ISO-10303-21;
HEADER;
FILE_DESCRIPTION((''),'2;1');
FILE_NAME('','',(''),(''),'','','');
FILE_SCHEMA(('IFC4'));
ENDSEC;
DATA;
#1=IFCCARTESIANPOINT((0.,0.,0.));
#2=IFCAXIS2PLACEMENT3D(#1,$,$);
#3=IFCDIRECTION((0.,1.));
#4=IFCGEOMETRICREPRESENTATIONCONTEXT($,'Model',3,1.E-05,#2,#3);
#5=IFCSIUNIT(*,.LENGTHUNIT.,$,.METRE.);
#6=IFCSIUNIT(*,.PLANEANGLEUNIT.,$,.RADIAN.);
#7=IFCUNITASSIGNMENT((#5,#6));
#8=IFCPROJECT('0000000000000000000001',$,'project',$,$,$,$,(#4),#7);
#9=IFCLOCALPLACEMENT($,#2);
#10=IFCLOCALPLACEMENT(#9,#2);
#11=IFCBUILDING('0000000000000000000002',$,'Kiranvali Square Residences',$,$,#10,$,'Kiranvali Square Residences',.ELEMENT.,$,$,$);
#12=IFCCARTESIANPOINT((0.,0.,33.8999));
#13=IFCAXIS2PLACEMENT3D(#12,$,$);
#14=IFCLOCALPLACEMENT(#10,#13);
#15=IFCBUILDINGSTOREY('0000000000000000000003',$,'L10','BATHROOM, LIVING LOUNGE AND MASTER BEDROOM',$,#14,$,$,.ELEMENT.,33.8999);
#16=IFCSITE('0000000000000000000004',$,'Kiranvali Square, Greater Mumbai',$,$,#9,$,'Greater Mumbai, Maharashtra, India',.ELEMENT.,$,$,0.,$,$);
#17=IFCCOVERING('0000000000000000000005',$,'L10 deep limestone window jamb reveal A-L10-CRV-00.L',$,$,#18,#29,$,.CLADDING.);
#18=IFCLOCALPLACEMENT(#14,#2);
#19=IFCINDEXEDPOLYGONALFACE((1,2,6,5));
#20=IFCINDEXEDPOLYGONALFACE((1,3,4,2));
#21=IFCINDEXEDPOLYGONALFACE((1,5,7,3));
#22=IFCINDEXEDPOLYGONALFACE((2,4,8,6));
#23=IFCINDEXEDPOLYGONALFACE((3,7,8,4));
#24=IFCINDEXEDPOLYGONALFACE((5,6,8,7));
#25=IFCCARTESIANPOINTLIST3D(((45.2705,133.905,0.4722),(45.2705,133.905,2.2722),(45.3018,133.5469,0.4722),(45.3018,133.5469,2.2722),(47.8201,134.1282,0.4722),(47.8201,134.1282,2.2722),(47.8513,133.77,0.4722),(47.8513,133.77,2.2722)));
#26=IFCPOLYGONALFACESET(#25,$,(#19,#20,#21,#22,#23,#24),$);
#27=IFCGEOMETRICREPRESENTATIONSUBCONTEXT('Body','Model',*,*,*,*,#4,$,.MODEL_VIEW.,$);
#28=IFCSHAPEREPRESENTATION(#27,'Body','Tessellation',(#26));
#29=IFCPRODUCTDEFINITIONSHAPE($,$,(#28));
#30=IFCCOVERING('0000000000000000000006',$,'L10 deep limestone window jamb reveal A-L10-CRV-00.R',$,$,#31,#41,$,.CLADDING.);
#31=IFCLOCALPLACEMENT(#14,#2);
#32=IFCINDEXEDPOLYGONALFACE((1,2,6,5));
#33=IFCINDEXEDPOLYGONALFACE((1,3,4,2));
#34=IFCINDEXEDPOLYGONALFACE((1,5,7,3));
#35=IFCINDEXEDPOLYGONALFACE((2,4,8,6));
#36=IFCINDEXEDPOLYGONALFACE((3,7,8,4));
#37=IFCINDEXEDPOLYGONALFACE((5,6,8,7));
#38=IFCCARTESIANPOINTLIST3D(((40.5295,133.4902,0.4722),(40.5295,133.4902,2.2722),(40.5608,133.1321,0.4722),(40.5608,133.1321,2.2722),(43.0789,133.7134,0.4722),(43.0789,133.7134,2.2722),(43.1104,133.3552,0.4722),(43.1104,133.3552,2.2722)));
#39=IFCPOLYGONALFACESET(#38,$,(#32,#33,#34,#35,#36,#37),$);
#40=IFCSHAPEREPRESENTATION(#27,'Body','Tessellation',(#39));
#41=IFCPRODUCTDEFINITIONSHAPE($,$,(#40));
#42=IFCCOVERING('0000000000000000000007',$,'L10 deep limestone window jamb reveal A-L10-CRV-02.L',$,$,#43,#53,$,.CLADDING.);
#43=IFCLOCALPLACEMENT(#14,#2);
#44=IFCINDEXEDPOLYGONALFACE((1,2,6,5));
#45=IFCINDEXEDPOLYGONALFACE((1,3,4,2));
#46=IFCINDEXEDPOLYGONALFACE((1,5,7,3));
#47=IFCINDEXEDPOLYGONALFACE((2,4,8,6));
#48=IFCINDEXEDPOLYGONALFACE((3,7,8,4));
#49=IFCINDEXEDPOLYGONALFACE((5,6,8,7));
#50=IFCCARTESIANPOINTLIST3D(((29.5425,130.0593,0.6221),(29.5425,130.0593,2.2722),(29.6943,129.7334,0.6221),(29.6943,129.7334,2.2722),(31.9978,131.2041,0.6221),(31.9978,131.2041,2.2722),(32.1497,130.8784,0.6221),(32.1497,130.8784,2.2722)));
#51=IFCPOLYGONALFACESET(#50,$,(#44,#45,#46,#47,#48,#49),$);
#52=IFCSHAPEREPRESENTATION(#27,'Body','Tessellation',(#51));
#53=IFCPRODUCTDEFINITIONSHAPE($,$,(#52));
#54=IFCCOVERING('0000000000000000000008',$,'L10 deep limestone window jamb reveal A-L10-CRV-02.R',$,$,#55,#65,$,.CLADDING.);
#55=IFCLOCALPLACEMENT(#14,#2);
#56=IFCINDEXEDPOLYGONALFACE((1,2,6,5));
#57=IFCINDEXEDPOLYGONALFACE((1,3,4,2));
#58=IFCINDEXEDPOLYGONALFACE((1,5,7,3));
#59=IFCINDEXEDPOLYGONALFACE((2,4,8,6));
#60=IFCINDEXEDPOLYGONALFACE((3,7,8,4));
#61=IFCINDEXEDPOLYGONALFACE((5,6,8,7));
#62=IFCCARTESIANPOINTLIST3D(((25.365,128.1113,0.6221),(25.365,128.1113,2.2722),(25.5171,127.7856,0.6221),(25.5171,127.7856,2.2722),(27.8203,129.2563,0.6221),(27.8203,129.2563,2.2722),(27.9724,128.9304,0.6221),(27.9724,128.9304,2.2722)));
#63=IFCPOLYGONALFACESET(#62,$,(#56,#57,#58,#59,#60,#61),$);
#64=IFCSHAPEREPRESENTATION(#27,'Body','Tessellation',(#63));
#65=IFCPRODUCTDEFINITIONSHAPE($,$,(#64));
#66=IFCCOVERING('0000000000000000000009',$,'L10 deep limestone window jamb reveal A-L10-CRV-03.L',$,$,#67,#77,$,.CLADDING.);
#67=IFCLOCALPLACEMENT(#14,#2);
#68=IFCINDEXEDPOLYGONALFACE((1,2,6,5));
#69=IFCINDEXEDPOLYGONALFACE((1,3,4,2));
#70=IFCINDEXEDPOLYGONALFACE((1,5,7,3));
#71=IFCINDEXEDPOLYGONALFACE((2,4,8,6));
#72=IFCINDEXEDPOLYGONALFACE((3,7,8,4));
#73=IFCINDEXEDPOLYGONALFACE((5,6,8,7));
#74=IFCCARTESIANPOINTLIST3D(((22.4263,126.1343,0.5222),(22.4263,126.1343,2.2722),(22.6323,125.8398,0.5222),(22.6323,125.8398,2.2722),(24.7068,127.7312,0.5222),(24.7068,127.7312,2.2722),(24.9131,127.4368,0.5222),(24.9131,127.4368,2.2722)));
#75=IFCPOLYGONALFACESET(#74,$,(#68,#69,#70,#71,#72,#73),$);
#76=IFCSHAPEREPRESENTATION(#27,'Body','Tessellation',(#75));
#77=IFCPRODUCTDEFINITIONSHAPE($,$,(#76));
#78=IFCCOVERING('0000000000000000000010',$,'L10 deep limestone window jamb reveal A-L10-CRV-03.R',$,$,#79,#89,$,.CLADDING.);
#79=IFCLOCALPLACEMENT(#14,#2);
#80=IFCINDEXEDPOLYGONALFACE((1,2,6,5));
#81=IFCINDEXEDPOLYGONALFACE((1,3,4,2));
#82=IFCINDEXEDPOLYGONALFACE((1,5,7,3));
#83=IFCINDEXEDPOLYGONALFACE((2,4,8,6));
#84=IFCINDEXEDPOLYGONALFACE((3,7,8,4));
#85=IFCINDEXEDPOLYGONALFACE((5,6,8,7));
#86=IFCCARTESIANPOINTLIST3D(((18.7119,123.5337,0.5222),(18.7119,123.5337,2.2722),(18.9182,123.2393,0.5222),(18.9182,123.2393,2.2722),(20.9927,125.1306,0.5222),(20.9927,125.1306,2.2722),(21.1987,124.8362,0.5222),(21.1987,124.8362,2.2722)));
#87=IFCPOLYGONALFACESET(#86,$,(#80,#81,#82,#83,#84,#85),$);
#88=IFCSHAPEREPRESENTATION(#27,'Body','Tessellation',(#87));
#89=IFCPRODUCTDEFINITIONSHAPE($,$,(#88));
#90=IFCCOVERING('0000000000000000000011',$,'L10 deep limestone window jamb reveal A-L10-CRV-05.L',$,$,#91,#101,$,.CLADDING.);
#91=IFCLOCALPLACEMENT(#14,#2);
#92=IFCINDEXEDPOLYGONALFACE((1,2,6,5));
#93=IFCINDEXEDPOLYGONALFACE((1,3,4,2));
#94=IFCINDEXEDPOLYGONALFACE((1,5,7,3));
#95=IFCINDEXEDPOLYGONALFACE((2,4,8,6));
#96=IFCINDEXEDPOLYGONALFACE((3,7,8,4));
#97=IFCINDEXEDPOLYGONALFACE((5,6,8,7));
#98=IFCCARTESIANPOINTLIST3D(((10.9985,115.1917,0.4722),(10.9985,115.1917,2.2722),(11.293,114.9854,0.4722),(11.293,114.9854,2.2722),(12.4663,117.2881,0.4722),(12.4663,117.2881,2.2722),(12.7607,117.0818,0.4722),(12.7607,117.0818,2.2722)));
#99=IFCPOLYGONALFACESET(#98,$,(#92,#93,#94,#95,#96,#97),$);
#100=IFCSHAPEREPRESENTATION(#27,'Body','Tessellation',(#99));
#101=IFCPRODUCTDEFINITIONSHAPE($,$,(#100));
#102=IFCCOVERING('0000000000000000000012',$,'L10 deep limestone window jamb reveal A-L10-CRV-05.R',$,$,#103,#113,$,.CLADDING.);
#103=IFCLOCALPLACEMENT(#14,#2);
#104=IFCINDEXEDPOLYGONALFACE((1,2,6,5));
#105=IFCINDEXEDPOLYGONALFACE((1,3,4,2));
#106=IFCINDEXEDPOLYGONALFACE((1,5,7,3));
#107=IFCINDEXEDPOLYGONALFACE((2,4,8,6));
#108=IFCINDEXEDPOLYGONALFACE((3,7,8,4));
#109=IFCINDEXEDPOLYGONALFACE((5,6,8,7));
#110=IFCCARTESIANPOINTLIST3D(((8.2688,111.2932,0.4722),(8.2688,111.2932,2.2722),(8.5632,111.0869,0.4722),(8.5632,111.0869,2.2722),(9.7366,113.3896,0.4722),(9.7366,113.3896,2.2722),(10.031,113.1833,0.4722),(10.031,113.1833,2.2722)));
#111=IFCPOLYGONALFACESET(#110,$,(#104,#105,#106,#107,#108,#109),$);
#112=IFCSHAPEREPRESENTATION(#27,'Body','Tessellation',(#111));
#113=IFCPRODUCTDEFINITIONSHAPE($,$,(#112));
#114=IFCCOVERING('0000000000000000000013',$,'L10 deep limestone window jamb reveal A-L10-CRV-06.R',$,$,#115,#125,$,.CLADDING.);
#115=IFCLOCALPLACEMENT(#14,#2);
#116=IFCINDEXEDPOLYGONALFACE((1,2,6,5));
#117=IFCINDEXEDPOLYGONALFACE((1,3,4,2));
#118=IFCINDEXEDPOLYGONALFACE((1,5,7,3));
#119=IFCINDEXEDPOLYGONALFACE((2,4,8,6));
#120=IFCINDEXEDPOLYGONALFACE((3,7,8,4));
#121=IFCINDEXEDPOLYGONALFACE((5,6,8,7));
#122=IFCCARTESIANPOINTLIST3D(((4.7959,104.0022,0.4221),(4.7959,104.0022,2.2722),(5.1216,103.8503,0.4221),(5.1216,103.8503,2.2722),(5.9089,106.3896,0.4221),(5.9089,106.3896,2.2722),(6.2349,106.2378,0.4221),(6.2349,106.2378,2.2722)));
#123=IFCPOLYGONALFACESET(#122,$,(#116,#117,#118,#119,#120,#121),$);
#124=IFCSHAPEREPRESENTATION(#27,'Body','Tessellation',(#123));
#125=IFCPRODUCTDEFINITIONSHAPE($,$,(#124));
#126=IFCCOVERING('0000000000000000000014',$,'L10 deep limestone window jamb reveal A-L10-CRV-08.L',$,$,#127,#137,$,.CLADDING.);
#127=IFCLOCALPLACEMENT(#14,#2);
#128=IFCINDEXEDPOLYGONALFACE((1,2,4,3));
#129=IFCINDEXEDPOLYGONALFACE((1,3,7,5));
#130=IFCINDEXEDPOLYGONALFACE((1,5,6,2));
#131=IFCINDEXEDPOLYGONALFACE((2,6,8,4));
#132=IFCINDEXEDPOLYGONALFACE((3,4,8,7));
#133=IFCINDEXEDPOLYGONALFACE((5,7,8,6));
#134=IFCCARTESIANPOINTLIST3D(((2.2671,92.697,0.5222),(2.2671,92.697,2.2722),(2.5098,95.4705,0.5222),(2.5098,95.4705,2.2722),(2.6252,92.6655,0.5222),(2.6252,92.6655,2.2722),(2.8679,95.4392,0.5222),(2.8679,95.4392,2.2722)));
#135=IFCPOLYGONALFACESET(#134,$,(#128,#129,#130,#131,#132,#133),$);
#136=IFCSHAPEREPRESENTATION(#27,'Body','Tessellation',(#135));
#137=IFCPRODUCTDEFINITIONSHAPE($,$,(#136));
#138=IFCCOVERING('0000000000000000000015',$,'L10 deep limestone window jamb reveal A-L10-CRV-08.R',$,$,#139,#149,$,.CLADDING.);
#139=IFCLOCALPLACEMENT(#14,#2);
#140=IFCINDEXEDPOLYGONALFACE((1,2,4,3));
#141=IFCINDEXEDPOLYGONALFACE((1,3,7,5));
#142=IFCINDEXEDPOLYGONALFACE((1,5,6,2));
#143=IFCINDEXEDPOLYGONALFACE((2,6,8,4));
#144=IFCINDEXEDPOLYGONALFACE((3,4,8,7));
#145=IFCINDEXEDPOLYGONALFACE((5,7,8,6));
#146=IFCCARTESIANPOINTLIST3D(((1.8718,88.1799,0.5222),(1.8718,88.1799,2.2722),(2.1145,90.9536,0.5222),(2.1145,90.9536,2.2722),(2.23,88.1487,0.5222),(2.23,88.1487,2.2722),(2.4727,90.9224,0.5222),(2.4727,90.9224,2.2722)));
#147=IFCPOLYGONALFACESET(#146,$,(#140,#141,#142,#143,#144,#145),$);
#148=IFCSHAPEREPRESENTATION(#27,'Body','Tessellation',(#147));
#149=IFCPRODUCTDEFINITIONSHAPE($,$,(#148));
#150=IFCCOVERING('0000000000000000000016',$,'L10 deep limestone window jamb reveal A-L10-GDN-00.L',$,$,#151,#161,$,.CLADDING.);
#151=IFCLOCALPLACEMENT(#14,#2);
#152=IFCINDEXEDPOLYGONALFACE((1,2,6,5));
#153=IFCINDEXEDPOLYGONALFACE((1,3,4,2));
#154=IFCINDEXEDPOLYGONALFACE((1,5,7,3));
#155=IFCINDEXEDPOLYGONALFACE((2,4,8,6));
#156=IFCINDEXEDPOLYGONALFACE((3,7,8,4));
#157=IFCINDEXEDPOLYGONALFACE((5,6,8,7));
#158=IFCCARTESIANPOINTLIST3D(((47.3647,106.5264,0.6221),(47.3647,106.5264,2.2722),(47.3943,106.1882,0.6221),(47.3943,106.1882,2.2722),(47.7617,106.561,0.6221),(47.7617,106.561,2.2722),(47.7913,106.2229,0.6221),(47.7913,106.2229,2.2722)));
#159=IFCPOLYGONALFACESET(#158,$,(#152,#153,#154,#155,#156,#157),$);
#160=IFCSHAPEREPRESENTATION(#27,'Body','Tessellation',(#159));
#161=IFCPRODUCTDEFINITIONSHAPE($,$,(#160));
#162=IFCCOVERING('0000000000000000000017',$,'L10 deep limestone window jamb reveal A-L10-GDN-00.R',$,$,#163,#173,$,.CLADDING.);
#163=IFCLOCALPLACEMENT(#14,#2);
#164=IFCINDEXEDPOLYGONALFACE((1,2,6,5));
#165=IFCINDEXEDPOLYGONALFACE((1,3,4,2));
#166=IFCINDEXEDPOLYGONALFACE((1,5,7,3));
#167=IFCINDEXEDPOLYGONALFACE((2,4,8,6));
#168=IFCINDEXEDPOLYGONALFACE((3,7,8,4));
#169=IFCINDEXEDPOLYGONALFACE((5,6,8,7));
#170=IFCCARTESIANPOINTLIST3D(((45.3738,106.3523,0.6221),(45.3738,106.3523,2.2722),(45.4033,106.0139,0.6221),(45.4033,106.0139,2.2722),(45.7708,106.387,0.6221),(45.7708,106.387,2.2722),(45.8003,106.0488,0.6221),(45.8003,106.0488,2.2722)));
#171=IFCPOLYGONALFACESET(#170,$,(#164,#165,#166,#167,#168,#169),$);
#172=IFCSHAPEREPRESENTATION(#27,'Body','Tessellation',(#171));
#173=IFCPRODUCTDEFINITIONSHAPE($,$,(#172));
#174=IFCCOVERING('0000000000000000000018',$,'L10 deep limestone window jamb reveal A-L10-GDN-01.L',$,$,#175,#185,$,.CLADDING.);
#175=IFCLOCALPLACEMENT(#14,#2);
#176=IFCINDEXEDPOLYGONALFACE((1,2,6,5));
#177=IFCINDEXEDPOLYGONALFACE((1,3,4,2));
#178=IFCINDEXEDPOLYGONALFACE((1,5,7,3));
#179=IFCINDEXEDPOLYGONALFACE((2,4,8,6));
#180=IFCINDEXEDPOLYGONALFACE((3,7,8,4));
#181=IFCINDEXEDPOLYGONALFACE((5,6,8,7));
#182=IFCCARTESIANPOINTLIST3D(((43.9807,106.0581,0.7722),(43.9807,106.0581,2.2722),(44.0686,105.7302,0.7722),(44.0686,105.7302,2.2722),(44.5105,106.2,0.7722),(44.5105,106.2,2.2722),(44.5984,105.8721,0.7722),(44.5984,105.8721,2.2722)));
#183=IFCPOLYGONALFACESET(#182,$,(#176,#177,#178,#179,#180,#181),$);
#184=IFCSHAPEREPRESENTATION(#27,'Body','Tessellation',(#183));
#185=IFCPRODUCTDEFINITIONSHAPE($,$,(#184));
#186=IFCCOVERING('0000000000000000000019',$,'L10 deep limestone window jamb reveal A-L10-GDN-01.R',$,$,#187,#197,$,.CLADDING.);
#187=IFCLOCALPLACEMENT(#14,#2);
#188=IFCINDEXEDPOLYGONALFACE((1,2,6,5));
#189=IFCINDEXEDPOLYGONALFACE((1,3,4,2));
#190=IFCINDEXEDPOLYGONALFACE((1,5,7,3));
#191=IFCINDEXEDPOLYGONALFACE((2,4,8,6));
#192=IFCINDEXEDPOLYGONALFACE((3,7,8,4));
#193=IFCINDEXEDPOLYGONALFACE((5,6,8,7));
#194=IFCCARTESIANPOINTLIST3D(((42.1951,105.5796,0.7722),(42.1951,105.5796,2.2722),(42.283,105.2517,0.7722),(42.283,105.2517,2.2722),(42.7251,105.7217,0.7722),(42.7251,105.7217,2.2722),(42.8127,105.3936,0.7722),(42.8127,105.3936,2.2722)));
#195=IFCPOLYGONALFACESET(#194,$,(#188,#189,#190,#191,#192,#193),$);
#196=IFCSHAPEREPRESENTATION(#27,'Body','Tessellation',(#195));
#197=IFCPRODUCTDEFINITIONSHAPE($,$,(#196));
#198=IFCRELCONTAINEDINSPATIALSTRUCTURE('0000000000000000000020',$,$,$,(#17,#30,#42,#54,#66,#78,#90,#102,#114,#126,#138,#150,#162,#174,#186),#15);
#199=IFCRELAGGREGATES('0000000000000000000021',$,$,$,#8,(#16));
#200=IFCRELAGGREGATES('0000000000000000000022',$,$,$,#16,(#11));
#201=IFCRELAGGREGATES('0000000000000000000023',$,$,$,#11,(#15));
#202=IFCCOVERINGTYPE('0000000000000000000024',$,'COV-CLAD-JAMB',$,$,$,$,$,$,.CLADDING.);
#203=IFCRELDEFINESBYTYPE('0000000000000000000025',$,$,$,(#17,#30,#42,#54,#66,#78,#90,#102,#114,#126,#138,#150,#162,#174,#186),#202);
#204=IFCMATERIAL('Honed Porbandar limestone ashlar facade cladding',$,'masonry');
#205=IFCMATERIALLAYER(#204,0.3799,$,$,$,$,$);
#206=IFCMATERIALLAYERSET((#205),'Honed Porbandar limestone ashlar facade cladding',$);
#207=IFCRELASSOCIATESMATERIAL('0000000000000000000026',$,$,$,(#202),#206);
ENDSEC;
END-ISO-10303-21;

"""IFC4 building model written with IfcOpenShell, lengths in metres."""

from ifc_helpers import new_model, si_unit, direction, frame, origin, place, context, subcontext, project, spatial, polyline, outline, extrude, material, layer, layer_set, type_object, element, save


model = new_model("IFC4")

# Units and contexts
model_context = context("Model", 3, precision=1e-05, world=origin(), true_north=direction((0.0, 1.0)))
body_context = subcontext(model_context, "Body", "Model", "MODEL_VIEW")
ifc_project = project(units=[si_unit("LENGTHUNIT", "METRE"), si_unit("PLANEANGLEUNIT", "RADIAN")], contexts=[model_context])

# Site, building, storey
site_placement = place(None, origin())
site = spatial("IfcSite", under=ifc_project, at=site_placement, Name="Kiranvali Square, Greater Mumbai", LongName="Greater Mumbai, Maharashtra, India", CompositionType="ELEMENT", RefElevation=0.0)
building_placement = place(site_placement, origin())
building = spatial("IfcBuilding", under=site, at=building_placement, Name="Kiranvali Square Residences", LongName="Kiranvali Square Residences", CompositionType="ELEMENT")
storey_placement = place(building_placement, frame((0.0, 0.0, 33.8999)))
storey = spatial("IfcBuildingStorey", under=building, at=storey_placement, Name="L10", Description="BATHROOM, LIVING LOUNGE AND MASTER BEDROOM", CompositionType="ELEMENT", Elevation=33.8999)

# Coverings
ifc_material = material(Name="Honed Porbandar limestone ashlar facade cladding", Category="masonry")
ifc_layer = layer(ifc_material, 0.3799)
ifc_layer_set = layer_set([ifc_layer], Name="Honed Porbandar limestone ashlar facade cladding")
covering_type = type_object("IfcCoveringType", Name="COV-CLAD-JAMB", PredefinedType="CLADDING", material=ifc_layer_set)
covering_1_placement = place(storey_placement, frame((0.0, 0.0, 0.4722)))
element("IfcCovering", 1, at=covering_1_placement, inside=storey, type_object=covering_type, Name="L10 deep limestone window jamb reveal A-L10-CRV-00.L", PredefinedType="CLADDING", context=body_context, shape_type="SweptSolid", body=[
    extrude(outline(polyline([(47.8201, 134.1282), (45.2705, 133.905), (45.3018, 133.5469), (47.8513, 133.77), (47.8201, 134.1282)])), origin(), (0.0, 0.0, 1.0), 1.8),
])
covering_2_placement = place(storey_placement, frame((0.0, 0.0, 0.4722)))
element("IfcCovering", 2, at=covering_2_placement, inside=storey, type_object=covering_type, Name="L10 deep limestone window jamb reveal A-L10-CRV-00.R", PredefinedType="CLADDING", context=body_context, shape_type="SweptSolid", body=[
    extrude(outline(polyline([(43.0789, 133.7134), (40.5295, 133.4902), (40.5608, 133.1321), (43.1104, 133.3552), (43.0789, 133.7134)])), origin(), (0.0, 0.0, 1.0), 1.8),
])
covering_3_placement = place(storey_placement, frame((0.0, 0.0, 0.6221)))
element("IfcCovering", 3, at=covering_3_placement, inside=storey, type_object=covering_type, Name="L10 deep limestone window jamb reveal A-L10-CRV-02.L", PredefinedType="CLADDING", context=body_context, shape_type="SweptSolid", body=[
    extrude(outline(polyline([(31.9978, 131.2041), (29.5425, 130.0593), (29.6943, 129.7334), (32.1497, 130.8784), (31.9978, 131.2041)])), origin(), (0.0, 0.0, 1.0), 1.6501),
])
covering_4_placement = place(storey_placement, frame((0.0, 0.0, 0.6221)))
element("IfcCovering", 4, at=covering_4_placement, inside=storey, type_object=covering_type, Name="L10 deep limestone window jamb reveal A-L10-CRV-02.R", PredefinedType="CLADDING", context=body_context, shape_type="SweptSolid", body=[
    extrude(outline(polyline([(27.8203, 129.2563), (25.365, 128.1113), (25.5171, 127.7856), (27.9724, 128.9304), (27.8203, 129.2563)])), origin(), (0.0, 0.0, 1.0), 1.6501),
])
covering_5_placement = place(storey_placement, frame((0.0, 0.0, 0.5222)))
element("IfcCovering", 5, at=covering_5_placement, inside=storey, type_object=covering_type, Name="L10 deep limestone window jamb reveal A-L10-CRV-03.L", PredefinedType="CLADDING", context=body_context, shape_type="SweptSolid", body=[
    extrude(outline(polyline([(24.7068, 127.7312), (22.4263, 126.1343), (22.6323, 125.8398), (24.9131, 127.4368), (24.7068, 127.7312)])), origin(), (0.0, 0.0, 1.0), 1.75),
])
covering_6_placement = place(storey_placement, frame((0.0, 0.0, 0.5222)))
element("IfcCovering", 6, at=covering_6_placement, inside=storey, type_object=covering_type, Name="L10 deep limestone window jamb reveal A-L10-CRV-03.R", PredefinedType="CLADDING", context=body_context, shape_type="SweptSolid", body=[
    extrude(outline(polyline([(20.9927, 125.1306), (18.7119, 123.5337), (18.9182, 123.2393), (21.1987, 124.8362), (20.9927, 125.1306)])), origin(), (0.0, 0.0, 1.0), 1.75),
])
covering_7_placement = place(storey_placement, frame((0.0, 0.0, 0.4722)))
element("IfcCovering", 7, at=covering_7_placement, inside=storey, type_object=covering_type, Name="L10 deep limestone window jamb reveal A-L10-CRV-05.L", PredefinedType="CLADDING", context=body_context, shape_type="SweptSolid", body=[
    extrude(outline(polyline([(12.4663, 117.2881), (10.9985, 115.1917), (11.293, 114.9854), (12.7607, 117.0818), (12.4663, 117.2881)])), origin(), (0.0, 0.0, 1.0), 1.8),
])
covering_8_placement = place(storey_placement, frame((0.0, 0.0, 0.4722)))
element("IfcCovering", 8, at=covering_8_placement, inside=storey, type_object=covering_type, Name="L10 deep limestone window jamb reveal A-L10-CRV-05.R", PredefinedType="CLADDING", context=body_context, shape_type="SweptSolid", body=[
    extrude(outline(polyline([(9.7366, 113.3896), (8.2688, 111.2932), (8.5632, 111.0869), (10.031, 113.1833), (9.7366, 113.3896)])), origin(), (0.0, 0.0, 1.0), 1.8),
])
covering_9_placement = place(storey_placement, frame((0.0, 0.0, 0.4221)))
element("IfcCovering", 9, at=covering_9_placement, inside=storey, type_object=covering_type, Name="L10 deep limestone window jamb reveal A-L10-CRV-06.R", PredefinedType="CLADDING", context=body_context, shape_type="SweptSolid", body=[
    extrude(outline(polyline([(5.9089, 106.3896), (4.7959, 104.0022), (5.1216, 103.8503), (6.2349, 106.2378), (5.9089, 106.3896)])), origin(), (0.0, 0.0, 1.0), 1.8501),
])
covering_10_placement = place(storey_placement, frame((0.0, 0.0, 0.5222)))
element("IfcCovering", 10, at=covering_10_placement, inside=storey, type_object=covering_type, Name="L10 deep limestone window jamb reveal A-L10-CRV-08.L", PredefinedType="CLADDING", context=body_context, shape_type="SweptSolid", body=[
    extrude(outline(polyline([(2.5098, 95.4705), (2.2671, 92.697), (2.6252, 92.6655), (2.8679, 95.4392), (2.5098, 95.4705)])), origin(), (0.0, 0.0, 1.0), 1.75),
])
covering_11_placement = place(storey_placement, frame((0.0, 0.0, 0.5222)))
element("IfcCovering", 11, at=covering_11_placement, inside=storey, type_object=covering_type, Name="L10 deep limestone window jamb reveal A-L10-CRV-08.R", PredefinedType="CLADDING", context=body_context, shape_type="SweptSolid", body=[
    extrude(outline(polyline([(2.1145, 90.9536), (1.8718, 88.1799), (2.23, 88.1487), (2.4727, 90.9224), (2.1145, 90.9536)])), origin(), (0.0, 0.0, 1.0), 1.75),
])
covering_12_placement = place(storey_placement, frame((0.0, 0.0, 0.6221)))
element("IfcCovering", 12, at=covering_12_placement, inside=storey, type_object=covering_type, Name="L10 deep limestone window jamb reveal A-L10-GDN-00.L", PredefinedType="CLADDING", context=body_context, shape_type="SweptSolid", body=[
    extrude(outline(polyline([(47.7617, 106.561), (47.3647, 106.5264), (47.3943, 106.1882), (47.7913, 106.2229), (47.7617, 106.561)])), origin(), (0.0, 0.0, 1.0), 1.6501),
])
covering_13_placement = place(storey_placement, frame((0.0, 0.0, 0.6221)))
element("IfcCovering", 13, at=covering_13_placement, inside=storey, type_object=covering_type, Name="L10 deep limestone window jamb reveal A-L10-GDN-00.R", PredefinedType="CLADDING", context=body_context, shape_type="SweptSolid", body=[
    extrude(outline(polyline([(45.7708, 106.387), (45.3738, 106.3523), (45.4033, 106.0139), (45.8003, 106.0488), (45.7708, 106.387)])), origin(), (0.0, 0.0, 1.0), 1.6501),
])
covering_14_placement = place(storey_placement, frame((0.0, 0.0, 0.7722)))
element("IfcCovering", 14, at=covering_14_placement, inside=storey, type_object=covering_type, Name="L10 deep limestone window jamb reveal A-L10-GDN-01.L", PredefinedType="CLADDING", context=body_context, shape_type="SweptSolid", body=[
    extrude(outline(polyline([(44.5105, 106.2), (43.9807, 106.0581), (44.0686, 105.7302), (44.5984, 105.8721), (44.5105, 106.2)])), origin(), (0.0, 0.0, 1.0), 1.5),
])
covering_15_placement = place(storey_placement, frame((0.0, 0.0, 0.7722)))
element("IfcCovering", 15, at=covering_15_placement, inside=storey, type_object=covering_type, Name="L10 deep limestone window jamb reveal A-L10-GDN-01.R", PredefinedType="CLADDING", context=body_context, shape_type="SweptSolid", body=[
    extrude(outline(polyline([(42.7251, 105.7217), (42.1951, 105.5796), (42.283, 105.2517), (42.8127, 105.3936), (42.7251, 105.7217)])), origin(), (0.0, 0.0, 1.0), 1.5),
])

save(model, "model.ifc")
